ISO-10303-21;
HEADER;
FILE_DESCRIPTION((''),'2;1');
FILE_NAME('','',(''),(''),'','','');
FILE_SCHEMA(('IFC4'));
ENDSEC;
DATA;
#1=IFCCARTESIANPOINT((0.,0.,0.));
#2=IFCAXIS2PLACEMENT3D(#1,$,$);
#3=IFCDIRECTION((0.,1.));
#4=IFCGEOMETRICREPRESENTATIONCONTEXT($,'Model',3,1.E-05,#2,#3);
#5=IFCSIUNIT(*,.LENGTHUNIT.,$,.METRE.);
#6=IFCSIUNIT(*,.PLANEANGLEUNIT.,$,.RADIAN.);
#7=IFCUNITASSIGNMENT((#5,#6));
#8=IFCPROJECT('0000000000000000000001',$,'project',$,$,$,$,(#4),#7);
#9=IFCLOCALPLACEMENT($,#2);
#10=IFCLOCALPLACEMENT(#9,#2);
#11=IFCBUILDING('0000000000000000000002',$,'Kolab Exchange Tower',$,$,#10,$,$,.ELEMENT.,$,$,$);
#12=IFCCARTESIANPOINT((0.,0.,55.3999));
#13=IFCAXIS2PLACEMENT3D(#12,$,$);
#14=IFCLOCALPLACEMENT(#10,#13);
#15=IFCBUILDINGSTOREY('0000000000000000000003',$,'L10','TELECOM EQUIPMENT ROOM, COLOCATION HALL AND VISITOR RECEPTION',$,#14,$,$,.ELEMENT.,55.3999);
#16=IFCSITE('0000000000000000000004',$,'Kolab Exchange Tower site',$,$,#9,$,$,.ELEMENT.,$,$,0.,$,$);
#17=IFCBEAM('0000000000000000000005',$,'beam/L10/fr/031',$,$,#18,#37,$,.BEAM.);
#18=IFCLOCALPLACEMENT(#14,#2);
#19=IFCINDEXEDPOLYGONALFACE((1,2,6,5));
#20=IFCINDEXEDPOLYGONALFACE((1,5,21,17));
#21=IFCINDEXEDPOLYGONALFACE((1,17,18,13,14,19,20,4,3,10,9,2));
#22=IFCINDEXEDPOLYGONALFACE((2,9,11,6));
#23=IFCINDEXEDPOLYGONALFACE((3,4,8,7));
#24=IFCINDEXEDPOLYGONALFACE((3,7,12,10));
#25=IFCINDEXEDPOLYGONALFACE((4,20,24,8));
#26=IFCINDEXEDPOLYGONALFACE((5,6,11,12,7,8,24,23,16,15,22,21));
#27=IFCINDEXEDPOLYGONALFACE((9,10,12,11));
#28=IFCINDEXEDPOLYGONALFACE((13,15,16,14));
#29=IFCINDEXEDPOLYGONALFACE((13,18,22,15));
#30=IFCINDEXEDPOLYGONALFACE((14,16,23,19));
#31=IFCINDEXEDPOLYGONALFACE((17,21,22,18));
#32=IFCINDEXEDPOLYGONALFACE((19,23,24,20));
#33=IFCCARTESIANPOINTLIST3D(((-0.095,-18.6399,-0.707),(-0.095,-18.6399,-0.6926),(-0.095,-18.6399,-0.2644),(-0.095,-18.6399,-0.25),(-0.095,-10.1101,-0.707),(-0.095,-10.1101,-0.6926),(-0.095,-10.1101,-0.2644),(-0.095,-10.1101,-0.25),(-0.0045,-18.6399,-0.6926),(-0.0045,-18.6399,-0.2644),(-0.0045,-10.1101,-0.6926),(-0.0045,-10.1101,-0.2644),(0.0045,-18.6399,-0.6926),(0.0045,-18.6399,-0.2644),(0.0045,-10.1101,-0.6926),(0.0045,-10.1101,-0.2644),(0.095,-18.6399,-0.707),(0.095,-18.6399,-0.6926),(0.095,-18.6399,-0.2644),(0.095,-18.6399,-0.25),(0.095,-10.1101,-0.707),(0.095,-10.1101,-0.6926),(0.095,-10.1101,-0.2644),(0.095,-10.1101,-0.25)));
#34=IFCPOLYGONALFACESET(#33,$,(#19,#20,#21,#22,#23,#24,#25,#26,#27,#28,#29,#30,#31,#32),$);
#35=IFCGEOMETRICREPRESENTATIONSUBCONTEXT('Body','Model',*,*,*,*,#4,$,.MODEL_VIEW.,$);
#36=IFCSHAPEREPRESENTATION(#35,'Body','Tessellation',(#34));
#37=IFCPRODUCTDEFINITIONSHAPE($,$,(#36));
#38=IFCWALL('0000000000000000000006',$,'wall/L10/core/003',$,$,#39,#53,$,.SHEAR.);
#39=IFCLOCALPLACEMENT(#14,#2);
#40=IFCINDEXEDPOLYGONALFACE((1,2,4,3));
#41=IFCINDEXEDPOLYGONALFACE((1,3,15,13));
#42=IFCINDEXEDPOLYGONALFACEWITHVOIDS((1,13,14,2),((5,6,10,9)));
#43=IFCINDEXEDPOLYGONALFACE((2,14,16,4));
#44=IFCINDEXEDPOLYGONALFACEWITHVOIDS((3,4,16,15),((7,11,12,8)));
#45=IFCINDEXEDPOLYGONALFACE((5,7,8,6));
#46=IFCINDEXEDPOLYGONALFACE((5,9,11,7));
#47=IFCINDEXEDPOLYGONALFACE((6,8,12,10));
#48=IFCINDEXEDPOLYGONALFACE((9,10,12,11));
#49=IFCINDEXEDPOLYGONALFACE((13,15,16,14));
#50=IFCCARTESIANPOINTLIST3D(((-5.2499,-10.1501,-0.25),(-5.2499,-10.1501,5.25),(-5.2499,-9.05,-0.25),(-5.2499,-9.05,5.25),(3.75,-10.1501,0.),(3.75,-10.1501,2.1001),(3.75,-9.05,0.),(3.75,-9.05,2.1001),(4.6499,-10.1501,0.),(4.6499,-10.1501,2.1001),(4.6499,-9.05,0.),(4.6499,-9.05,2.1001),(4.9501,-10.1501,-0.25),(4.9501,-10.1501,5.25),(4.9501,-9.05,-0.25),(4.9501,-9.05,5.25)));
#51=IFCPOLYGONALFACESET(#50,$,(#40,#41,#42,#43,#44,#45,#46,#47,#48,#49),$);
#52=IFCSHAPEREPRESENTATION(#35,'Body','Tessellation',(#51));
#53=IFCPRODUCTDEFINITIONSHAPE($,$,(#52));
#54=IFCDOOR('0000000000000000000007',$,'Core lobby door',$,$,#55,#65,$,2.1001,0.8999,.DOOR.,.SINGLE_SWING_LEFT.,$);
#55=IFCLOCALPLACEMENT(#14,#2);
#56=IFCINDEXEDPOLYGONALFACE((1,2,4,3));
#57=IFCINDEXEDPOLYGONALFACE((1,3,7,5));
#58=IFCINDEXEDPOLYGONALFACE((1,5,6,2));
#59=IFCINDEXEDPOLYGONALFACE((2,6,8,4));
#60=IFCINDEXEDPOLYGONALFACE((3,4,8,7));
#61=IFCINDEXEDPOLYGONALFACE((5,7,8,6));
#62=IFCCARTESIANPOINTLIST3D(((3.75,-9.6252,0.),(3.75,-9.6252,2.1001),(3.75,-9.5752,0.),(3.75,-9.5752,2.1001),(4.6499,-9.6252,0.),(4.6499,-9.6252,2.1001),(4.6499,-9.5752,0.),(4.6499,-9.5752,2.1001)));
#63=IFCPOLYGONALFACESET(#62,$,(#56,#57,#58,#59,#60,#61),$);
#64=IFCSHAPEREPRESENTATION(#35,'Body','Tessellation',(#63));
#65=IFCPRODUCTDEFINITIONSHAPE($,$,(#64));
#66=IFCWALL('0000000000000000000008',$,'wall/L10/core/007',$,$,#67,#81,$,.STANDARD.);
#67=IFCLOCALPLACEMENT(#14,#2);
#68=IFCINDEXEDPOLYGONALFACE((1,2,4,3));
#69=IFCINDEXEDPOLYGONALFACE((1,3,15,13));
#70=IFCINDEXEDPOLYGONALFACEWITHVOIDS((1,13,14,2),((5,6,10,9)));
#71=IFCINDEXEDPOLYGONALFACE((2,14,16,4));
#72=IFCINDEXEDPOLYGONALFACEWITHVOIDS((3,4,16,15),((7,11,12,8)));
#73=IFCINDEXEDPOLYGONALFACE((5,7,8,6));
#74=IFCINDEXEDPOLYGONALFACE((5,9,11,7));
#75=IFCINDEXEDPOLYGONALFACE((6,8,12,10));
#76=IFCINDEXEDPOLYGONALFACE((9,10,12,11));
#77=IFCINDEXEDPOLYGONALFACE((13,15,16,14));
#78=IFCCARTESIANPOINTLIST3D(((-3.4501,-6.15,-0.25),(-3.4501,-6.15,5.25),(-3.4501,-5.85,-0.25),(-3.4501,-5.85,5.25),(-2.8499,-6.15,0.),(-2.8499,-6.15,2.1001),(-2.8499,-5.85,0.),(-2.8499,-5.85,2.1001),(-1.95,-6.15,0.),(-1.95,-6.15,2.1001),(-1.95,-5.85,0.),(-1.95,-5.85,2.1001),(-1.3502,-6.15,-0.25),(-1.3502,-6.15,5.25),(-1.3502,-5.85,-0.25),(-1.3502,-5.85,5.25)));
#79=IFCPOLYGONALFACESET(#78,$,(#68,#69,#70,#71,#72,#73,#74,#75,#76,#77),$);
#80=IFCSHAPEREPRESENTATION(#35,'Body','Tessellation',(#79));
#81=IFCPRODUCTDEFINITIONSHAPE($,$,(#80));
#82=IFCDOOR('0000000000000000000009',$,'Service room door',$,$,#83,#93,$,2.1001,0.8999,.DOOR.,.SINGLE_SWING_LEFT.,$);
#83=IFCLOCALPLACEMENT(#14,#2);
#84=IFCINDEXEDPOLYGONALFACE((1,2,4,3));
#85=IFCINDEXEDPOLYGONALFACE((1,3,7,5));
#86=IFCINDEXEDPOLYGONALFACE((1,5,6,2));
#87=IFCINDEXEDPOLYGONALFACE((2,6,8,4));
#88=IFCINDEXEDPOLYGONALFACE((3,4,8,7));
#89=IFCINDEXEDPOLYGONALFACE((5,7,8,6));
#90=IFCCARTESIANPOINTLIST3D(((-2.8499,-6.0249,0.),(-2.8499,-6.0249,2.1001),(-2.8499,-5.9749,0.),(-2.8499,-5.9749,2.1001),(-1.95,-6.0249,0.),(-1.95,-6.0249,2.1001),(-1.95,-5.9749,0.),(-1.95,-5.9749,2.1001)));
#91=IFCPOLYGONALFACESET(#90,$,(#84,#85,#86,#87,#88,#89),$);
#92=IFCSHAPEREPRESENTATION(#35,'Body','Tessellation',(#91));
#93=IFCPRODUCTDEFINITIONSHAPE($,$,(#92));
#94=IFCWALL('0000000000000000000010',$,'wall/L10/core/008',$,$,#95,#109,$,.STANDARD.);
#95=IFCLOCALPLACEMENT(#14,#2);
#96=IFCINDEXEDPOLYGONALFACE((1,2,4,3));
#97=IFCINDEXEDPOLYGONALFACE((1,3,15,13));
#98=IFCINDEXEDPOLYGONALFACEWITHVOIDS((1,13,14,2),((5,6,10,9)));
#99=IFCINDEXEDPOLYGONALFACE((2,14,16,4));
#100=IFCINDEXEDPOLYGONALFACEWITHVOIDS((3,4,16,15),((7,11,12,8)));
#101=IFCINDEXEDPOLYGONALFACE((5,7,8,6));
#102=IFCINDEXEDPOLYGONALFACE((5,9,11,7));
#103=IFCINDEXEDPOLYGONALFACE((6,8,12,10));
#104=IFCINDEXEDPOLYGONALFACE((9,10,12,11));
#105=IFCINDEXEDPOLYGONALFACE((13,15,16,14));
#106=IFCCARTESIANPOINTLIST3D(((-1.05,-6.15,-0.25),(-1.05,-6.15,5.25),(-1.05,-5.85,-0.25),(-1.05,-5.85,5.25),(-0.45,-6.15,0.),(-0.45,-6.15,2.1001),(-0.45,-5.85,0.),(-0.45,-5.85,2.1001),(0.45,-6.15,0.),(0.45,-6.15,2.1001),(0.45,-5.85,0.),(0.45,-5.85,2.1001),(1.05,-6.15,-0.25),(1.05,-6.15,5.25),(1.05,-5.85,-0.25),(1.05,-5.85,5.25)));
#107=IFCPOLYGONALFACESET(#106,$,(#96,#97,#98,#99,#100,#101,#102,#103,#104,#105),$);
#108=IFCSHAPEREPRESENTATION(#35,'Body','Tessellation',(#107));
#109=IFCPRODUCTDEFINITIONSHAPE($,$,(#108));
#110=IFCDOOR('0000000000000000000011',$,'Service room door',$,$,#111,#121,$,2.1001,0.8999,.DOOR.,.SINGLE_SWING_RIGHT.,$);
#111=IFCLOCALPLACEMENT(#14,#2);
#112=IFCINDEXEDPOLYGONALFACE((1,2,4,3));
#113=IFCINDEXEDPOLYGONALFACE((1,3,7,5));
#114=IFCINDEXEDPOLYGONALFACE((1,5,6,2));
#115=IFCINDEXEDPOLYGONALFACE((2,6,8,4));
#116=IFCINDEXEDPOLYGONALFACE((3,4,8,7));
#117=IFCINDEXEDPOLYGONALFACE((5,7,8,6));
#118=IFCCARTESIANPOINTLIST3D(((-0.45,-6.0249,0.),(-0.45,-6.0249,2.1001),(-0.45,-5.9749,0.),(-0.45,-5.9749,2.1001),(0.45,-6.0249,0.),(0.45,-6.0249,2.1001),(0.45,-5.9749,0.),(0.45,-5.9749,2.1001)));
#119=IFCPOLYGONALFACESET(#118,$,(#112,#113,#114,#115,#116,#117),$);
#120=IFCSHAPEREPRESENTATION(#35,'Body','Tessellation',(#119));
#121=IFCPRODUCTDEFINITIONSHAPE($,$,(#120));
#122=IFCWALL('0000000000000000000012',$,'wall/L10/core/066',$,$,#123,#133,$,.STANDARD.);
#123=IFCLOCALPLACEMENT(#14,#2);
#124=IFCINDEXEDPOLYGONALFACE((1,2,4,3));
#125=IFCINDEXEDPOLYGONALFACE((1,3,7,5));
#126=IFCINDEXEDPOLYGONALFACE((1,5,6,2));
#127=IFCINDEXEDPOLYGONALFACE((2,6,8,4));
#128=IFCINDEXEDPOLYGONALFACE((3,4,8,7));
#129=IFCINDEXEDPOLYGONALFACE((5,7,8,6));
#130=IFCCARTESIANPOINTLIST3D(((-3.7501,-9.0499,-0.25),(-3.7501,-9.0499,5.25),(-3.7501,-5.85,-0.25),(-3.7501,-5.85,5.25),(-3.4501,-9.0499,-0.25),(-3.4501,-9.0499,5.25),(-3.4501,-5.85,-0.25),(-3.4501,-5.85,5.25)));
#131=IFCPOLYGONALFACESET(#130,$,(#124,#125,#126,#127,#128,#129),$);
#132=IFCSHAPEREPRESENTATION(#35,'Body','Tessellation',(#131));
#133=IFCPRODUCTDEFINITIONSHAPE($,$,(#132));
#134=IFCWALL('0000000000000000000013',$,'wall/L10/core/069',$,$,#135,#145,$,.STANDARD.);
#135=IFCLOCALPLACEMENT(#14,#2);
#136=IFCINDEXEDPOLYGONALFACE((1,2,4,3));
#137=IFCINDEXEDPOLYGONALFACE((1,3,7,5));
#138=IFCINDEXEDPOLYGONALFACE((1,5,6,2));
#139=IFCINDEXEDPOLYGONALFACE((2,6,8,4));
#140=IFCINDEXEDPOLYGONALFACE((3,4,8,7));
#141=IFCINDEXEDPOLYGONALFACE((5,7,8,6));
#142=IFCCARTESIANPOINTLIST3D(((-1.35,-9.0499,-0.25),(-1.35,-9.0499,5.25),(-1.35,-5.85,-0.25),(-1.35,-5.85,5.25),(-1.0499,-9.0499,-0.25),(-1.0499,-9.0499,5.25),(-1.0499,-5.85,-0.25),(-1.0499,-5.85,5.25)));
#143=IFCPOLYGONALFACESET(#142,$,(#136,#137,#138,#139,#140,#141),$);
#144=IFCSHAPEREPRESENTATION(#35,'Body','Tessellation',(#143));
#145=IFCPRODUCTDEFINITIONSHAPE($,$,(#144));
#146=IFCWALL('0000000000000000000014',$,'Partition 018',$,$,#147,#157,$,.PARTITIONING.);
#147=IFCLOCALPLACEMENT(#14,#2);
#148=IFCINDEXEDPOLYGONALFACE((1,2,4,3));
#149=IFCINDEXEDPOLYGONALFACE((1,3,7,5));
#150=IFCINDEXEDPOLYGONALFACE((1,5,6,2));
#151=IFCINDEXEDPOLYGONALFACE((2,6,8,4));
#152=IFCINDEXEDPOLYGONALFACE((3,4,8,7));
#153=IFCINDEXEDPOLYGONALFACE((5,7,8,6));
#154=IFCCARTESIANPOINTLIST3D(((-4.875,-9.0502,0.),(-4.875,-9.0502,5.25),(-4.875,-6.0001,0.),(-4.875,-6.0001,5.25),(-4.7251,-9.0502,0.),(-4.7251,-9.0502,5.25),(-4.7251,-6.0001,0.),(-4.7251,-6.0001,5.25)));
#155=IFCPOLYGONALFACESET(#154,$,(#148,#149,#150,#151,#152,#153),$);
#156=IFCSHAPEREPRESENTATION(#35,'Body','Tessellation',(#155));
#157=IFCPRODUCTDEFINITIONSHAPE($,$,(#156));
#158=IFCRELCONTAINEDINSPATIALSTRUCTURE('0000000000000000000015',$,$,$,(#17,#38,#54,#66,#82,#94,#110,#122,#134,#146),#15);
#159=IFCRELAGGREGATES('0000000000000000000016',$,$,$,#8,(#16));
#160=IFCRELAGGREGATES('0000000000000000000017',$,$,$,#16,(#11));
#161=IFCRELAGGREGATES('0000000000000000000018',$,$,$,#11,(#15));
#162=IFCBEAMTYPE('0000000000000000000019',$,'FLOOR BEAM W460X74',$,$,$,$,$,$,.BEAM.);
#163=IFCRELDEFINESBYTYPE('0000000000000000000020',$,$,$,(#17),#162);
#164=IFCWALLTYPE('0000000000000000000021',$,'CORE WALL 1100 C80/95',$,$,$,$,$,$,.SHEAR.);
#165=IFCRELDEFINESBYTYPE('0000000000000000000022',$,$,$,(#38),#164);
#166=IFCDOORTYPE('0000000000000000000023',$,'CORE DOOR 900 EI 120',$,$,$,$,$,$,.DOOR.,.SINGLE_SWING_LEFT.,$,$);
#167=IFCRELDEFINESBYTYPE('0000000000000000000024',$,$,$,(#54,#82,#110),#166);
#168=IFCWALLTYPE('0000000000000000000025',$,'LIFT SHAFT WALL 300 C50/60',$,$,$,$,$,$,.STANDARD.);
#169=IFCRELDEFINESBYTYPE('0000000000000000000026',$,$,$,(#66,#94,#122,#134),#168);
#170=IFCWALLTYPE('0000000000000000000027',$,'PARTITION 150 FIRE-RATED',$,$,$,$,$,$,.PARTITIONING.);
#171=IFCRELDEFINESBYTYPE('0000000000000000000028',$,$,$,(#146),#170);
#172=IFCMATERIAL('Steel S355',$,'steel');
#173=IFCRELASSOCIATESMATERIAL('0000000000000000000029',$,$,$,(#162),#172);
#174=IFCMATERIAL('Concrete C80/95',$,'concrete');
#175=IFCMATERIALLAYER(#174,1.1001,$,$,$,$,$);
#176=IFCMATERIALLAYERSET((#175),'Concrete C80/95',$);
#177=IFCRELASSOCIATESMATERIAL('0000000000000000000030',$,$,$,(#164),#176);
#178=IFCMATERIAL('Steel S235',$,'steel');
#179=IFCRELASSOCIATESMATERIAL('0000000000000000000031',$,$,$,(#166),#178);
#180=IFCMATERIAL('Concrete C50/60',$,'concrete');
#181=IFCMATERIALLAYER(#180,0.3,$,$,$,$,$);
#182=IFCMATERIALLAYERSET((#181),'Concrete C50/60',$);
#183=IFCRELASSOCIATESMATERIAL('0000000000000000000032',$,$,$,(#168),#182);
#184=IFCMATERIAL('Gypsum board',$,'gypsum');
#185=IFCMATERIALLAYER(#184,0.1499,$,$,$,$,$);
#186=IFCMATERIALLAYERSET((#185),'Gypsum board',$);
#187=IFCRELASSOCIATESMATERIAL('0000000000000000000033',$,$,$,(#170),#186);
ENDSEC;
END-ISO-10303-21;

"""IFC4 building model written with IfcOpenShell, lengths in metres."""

from ifc_helpers import new_model, si_unit, direction, frame, frame_2d, origin, origin_2d, place, context, subcontext, project, spatial, rectangle, i_section, extrude, material, layer, layer_set, material_profile, profile_set, type_object, element, fill, save


model = new_model("IFC4")

# Units and contexts
model_context = context("Model", 3, precision=1e-05, world=origin(), true_north=direction((0.0, 1.0)))
body_context = subcontext(model_context, "Body", "Model", "MODEL_VIEW")
ifc_project = project(units=[si_unit("LENGTHUNIT", "METRE"), si_unit("PLANEANGLEUNIT", "RADIAN")], contexts=[model_context])

# Site, building, storey
site_placement = place(None, origin())
site = spatial("IfcSite", under=ifc_project, at=site_placement, Name="Kolab Exchange Tower site", CompositionType="ELEMENT", RefElevation=0.0)
building_placement = place(site_placement, origin())
building = spatial("IfcBuilding", under=site, at=building_placement, Name="Kolab Exchange Tower", CompositionType="ELEMENT")
storey_placement = place(building_placement, frame((0.0, 0.0, 55.3999)))
storey = spatial("IfcBuildingStorey", under=building, at=storey_placement, Name="L10", Description="TELECOM EQUIPMENT ROOM, COLOCATION HALL AND VISITOR RECEPTION", CompositionType="ELEMENT", Elevation=55.3999)

# Beam
ifc_material_1 = material(Name="Steel S355", Category="steel")
ifc_material_profile = material_profile(ifc_material_1, i_section(OverallWidth=0.1899, OverallDepth=0.457, WebThickness=0.009, FlangeThickness=0.0144, at=origin_2d()), Name="W460X74")
ifc_profile_set = profile_set([ifc_material_profile], Name="Steel S355")
beam_type = type_object("IfcBeamType", Name="FLOOR BEAM W460X74", PredefinedType="BEAM", material=ifc_profile_set)
beam_placement = place(storey_placement, frame((0.0, -18.6399, -0.4785), z_axis=(0.0, 1.0, 0.0), x_axis=(-1.0, 0.0, 0.0)))
element("IfcBeam", 1, at=beam_placement, inside=storey, type_object=beam_type, Name="beam/L10/fr/031", PredefinedType="BEAM", context=body_context, shape_type="SweptSolid", body=[
    extrude(i_section(OverallWidth=0.1899, OverallDepth=0.457, WebThickness=0.009, FlangeThickness=0.0144, at=origin_2d()), origin(), (0.0, 0.0, 1.0), 8.5298),
])

# Walls, openings, doors
ifc_material_2 = material(Name="Concrete C80/95", Category="concrete")
ifc_layer_1 = layer(ifc_material_2, 1.1001)
ifc_layer_set_1 = layer_set([ifc_layer_1], Name="Concrete C80/95")
wall_type_1 = type_object("IfcWallType", Name="CORE WALL 1100 C80/95", PredefinedType="SHEAR", material=ifc_layer_set_1)
wall_1_placement = place(storey_placement, frame((-5.25, -9.6001, -0.25), z_axis=(0.0, 0.0, 1.0), x_axis=(1.0, 0.0, 0.0)))
wall_1 = element("IfcWall", 2, at=wall_1_placement, inside=storey, type_object=wall_type_1, Name="wall/L10/core/003", PredefinedType="SHEAR", context=body_context, shape_type="SweptSolid", body=[
    extrude(rectangle(XDim=10.2, YDim=1.1001, at=frame_2d((5.1001, 0.0))), origin(), (0.0, 0.0, 1.0), 5.5),
])
opening_1_placement = place(wall_1_placement, frame((9.0, 0.0, 0.25)))
opening_1 = element("IfcOpeningElement", 3, at=opening_1_placement, cuts=wall_1, PredefinedType="OPENING", context=body_context, shape_type="SweptSolid", body=[
    extrude(rectangle(XDim=0.8999, YDim=2.1001, at=frame_2d((0.45, 1.05))), frame((0.0, 0.5601, 0.0), z_axis=(0.0, -1.0, 0.0), x_axis=(1.0, 0.0, 0.0)), (0.0, 0.0, 1.0), 1.1201),
])
ifc_material_3 = material(Name="Steel S235", Category="steel")
door_type_1 = type_object("IfcDoorType", Name="CORE DOOR 900 EI 120", OperationType="SINGLE_SWING_LEFT", PredefinedType="DOOR", material=ifc_material_3)
door_1_placement = place(opening_1_placement, origin())
door_1 = element("IfcDoor", 4, at=door_1_placement, inside=storey, type_object=door_type_1, Name="Core lobby door", OperationType="SINGLE_SWING_LEFT", OverallHeight=2.1001, OverallWidth=0.8999, PredefinedType="DOOR", context=body_context, shape_type="SweptSolid", body=[
    extrude(rectangle(XDim=0.8999, YDim=2.1001, at=frame_2d((0.45, 1.05))), frame((0.0, 0.0249, 0.0), z_axis=(0.0, -1.0, 0.0), x_axis=(1.0, 0.0, 0.0)), (0.0, 0.0, 1.0), 0.05),
])
fill(opening_1, door_1)
ifc_material_4 = material(Name="Concrete C50/60", Category="concrete")
ifc_layer_2 = layer(ifc_material_4, 0.3)
ifc_layer_set_2 = layer_set([ifc_layer_2], Name="Concrete C50/60")
wall_type_2 = type_object("IfcWallType", Name="LIFT SHAFT WALL 300 C50/60", PredefinedType="STANDARD", material=ifc_layer_set_2)
wall_2_placement = place(storey_placement, frame((-3.45, -6.0, -0.25), z_axis=(0.0, 0.0, 1.0), x_axis=(1.0, 0.0, 0.0)))
wall_2 = element("IfcWall", 5, at=wall_2_placement, inside=storey, type_object=wall_type_2, Name="wall/L10/core/007", PredefinedType="STANDARD", context=body_context, shape_type="SweptSolid", body=[
    extrude(rectangle(XDim=2.0999, YDim=0.3, at=frame_2d((1.0498, 0.0))), origin(), (0.0, 0.0, 1.0), 5.5),
])
opening_2_placement = place(wall_2_placement, frame((0.6001, 0.0, 0.25)))
opening_2 = element("IfcOpeningElement", 6, at=opening_2_placement, cuts=wall_2, PredefinedType="OPENING", context=body_context, shape_type="SweptSolid", body=[
    extrude(rectangle(XDim=0.8999, YDim=2.1001, at=frame_2d((0.45, 1.05))), frame((0.0, 0.1602, 0.0), z_axis=(0.0, -1.0, 0.0), x_axis=(1.0, 0.0, 0.0)), (0.0, 0.0, 1.0), 0.3201),
])
door_2_placement = place(opening_2_placement, frame((0.8999, 0.0, 0.0), z_axis=(0.0, 0.0, 1.0), x_axis=(-1.0, 0.0, 0.0)))
door_2 = element("IfcDoor", 7, at=door_2_placement, inside=storey, type_object=door_type_1, Name="Service room door", OperationType="SINGLE_SWING_LEFT", OverallHeight=2.1001, OverallWidth=0.8999, PredefinedType="DOOR", context=body_context, shape_type="SweptSolid", body=[
    extrude(rectangle(XDim=0.8999, YDim=2.1001, at=frame_2d((0.45, 1.05))), frame((0.0, 0.0249, 0.0), z_axis=(0.0, -1.0, 0.0), x_axis=(1.0, 0.0, 0.0)), (0.0, 0.0, 1.0), 0.05),
])
fill(opening_2, door_2)
wall_3_placement = place(storey_placement, frame((-1.05, -6.0, -0.25), z_axis=(0.0, 0.0, 1.0), x_axis=(1.0, 0.0, 0.0)))
wall_3 = element("IfcWall", 8, at=wall_3_placement, inside=storey, type_object=wall_type_2, Name="wall/L10/core/008", PredefinedType="STANDARD", context=body_context, shape_type="SweptSolid", body=[
    extrude(rectangle(XDim=2.1001, YDim=0.3, at=frame_2d((1.05, 0.0))), origin(), (0.0, 0.0, 1.0), 5.5),
])
opening_3_placement = place(wall_3_placement, frame((0.6001, 0.0, 0.25)))
opening_3 = element("IfcOpeningElement", 9, at=opening_3_placement, cuts=wall_3, PredefinedType="OPENING", context=body_context, shape_type="SweptSolid", body=[
    extrude(rectangle(XDim=0.8999, YDim=2.1001, at=frame_2d((0.45, 1.05))), frame((0.0, 0.1602, 0.0), z_axis=(0.0, -1.0, 0.0), x_axis=(1.0, 0.0, 0.0)), (0.0, 0.0, 1.0), 0.3201),
])
door_3_placement = place(opening_3_placement, frame((0.8999, 0.0, 0.0), z_axis=(0.0, 0.0, 1.0), x_axis=(-1.0, 0.0, 0.0)))
door_3 = element("IfcDoor", 10, at=door_3_placement, inside=storey, type_object=door_type_1, Name="Service room door", OperationType="SINGLE_SWING_RIGHT", OverallHeight=2.1001, OverallWidth=0.8999, PredefinedType="DOOR", context=body_context, shape_type="SweptSolid", body=[
    extrude(rectangle(XDim=0.8999, YDim=2.1001, at=frame_2d((0.45, 1.05))), frame((0.0, 0.0249, 0.0), z_axis=(0.0, -1.0, 0.0), x_axis=(1.0, 0.0, 0.0)), (0.0, 0.0, 1.0), 0.05),
])
fill(opening_3, door_3)

# Walls
for number, where, z_axis, x_axis, name in (
    (11, (-3.6001, -9.05, -0.25), (0.0, 0.0, 1.0), (0.0, 1.0, 0.0), "wall/L10/core/066"),
    (12, (-1.2, -9.05, -0.25), (0.0, 0.0, 1.0), (0.0, 1.0, 0.0), "wall/L10/core/069"),
):
    element("IfcWall", number, at=place(storey_placement, frame(where, z_axis=z_axis, x_axis=x_axis)), inside=storey, type_object=wall_type_2, Name=name, PredefinedType="STANDARD", context=body_context, shape_type="SweptSolid", body=[
        extrude(rectangle(XDim=3.2, YDim=0.3, at=frame_2d((1.6001, 0.0))), origin(), (0.0, 0.0, 1.0), 5.5),
    ])
ifc_material_5 = material(Name="Gypsum board", Category="gypsum")
ifc_layer_3 = layer(ifc_material_5, 0.1499)
ifc_layer_set_3 = layer_set([ifc_layer_3], Name="Gypsum board")
wall_type_3 = type_object("IfcWallType", Name="PARTITION 150 FIRE-RATED", PredefinedType="PARTITIONING", material=ifc_layer_set_3)
wall_4_placement = place(storey_placement, frame((-4.8, -9.05, 0.0), z_axis=(0.0, 0.0, 1.0), x_axis=(0.0, 1.0, 0.0)))
element("IfcWall", 13, at=wall_4_placement, inside=storey, type_object=wall_type_3, Name="Partition 018", PredefinedType="PARTITIONING", context=body_context, shape_type="SweptSolid", body=[
    extrude(rectangle(XDim=3.05, YDim=0.1499, at=frame_2d((1.5249, 0.0))), origin(), (0.0, 0.0, 1.0), 5.25),
])

save(model, "model.ifc")
